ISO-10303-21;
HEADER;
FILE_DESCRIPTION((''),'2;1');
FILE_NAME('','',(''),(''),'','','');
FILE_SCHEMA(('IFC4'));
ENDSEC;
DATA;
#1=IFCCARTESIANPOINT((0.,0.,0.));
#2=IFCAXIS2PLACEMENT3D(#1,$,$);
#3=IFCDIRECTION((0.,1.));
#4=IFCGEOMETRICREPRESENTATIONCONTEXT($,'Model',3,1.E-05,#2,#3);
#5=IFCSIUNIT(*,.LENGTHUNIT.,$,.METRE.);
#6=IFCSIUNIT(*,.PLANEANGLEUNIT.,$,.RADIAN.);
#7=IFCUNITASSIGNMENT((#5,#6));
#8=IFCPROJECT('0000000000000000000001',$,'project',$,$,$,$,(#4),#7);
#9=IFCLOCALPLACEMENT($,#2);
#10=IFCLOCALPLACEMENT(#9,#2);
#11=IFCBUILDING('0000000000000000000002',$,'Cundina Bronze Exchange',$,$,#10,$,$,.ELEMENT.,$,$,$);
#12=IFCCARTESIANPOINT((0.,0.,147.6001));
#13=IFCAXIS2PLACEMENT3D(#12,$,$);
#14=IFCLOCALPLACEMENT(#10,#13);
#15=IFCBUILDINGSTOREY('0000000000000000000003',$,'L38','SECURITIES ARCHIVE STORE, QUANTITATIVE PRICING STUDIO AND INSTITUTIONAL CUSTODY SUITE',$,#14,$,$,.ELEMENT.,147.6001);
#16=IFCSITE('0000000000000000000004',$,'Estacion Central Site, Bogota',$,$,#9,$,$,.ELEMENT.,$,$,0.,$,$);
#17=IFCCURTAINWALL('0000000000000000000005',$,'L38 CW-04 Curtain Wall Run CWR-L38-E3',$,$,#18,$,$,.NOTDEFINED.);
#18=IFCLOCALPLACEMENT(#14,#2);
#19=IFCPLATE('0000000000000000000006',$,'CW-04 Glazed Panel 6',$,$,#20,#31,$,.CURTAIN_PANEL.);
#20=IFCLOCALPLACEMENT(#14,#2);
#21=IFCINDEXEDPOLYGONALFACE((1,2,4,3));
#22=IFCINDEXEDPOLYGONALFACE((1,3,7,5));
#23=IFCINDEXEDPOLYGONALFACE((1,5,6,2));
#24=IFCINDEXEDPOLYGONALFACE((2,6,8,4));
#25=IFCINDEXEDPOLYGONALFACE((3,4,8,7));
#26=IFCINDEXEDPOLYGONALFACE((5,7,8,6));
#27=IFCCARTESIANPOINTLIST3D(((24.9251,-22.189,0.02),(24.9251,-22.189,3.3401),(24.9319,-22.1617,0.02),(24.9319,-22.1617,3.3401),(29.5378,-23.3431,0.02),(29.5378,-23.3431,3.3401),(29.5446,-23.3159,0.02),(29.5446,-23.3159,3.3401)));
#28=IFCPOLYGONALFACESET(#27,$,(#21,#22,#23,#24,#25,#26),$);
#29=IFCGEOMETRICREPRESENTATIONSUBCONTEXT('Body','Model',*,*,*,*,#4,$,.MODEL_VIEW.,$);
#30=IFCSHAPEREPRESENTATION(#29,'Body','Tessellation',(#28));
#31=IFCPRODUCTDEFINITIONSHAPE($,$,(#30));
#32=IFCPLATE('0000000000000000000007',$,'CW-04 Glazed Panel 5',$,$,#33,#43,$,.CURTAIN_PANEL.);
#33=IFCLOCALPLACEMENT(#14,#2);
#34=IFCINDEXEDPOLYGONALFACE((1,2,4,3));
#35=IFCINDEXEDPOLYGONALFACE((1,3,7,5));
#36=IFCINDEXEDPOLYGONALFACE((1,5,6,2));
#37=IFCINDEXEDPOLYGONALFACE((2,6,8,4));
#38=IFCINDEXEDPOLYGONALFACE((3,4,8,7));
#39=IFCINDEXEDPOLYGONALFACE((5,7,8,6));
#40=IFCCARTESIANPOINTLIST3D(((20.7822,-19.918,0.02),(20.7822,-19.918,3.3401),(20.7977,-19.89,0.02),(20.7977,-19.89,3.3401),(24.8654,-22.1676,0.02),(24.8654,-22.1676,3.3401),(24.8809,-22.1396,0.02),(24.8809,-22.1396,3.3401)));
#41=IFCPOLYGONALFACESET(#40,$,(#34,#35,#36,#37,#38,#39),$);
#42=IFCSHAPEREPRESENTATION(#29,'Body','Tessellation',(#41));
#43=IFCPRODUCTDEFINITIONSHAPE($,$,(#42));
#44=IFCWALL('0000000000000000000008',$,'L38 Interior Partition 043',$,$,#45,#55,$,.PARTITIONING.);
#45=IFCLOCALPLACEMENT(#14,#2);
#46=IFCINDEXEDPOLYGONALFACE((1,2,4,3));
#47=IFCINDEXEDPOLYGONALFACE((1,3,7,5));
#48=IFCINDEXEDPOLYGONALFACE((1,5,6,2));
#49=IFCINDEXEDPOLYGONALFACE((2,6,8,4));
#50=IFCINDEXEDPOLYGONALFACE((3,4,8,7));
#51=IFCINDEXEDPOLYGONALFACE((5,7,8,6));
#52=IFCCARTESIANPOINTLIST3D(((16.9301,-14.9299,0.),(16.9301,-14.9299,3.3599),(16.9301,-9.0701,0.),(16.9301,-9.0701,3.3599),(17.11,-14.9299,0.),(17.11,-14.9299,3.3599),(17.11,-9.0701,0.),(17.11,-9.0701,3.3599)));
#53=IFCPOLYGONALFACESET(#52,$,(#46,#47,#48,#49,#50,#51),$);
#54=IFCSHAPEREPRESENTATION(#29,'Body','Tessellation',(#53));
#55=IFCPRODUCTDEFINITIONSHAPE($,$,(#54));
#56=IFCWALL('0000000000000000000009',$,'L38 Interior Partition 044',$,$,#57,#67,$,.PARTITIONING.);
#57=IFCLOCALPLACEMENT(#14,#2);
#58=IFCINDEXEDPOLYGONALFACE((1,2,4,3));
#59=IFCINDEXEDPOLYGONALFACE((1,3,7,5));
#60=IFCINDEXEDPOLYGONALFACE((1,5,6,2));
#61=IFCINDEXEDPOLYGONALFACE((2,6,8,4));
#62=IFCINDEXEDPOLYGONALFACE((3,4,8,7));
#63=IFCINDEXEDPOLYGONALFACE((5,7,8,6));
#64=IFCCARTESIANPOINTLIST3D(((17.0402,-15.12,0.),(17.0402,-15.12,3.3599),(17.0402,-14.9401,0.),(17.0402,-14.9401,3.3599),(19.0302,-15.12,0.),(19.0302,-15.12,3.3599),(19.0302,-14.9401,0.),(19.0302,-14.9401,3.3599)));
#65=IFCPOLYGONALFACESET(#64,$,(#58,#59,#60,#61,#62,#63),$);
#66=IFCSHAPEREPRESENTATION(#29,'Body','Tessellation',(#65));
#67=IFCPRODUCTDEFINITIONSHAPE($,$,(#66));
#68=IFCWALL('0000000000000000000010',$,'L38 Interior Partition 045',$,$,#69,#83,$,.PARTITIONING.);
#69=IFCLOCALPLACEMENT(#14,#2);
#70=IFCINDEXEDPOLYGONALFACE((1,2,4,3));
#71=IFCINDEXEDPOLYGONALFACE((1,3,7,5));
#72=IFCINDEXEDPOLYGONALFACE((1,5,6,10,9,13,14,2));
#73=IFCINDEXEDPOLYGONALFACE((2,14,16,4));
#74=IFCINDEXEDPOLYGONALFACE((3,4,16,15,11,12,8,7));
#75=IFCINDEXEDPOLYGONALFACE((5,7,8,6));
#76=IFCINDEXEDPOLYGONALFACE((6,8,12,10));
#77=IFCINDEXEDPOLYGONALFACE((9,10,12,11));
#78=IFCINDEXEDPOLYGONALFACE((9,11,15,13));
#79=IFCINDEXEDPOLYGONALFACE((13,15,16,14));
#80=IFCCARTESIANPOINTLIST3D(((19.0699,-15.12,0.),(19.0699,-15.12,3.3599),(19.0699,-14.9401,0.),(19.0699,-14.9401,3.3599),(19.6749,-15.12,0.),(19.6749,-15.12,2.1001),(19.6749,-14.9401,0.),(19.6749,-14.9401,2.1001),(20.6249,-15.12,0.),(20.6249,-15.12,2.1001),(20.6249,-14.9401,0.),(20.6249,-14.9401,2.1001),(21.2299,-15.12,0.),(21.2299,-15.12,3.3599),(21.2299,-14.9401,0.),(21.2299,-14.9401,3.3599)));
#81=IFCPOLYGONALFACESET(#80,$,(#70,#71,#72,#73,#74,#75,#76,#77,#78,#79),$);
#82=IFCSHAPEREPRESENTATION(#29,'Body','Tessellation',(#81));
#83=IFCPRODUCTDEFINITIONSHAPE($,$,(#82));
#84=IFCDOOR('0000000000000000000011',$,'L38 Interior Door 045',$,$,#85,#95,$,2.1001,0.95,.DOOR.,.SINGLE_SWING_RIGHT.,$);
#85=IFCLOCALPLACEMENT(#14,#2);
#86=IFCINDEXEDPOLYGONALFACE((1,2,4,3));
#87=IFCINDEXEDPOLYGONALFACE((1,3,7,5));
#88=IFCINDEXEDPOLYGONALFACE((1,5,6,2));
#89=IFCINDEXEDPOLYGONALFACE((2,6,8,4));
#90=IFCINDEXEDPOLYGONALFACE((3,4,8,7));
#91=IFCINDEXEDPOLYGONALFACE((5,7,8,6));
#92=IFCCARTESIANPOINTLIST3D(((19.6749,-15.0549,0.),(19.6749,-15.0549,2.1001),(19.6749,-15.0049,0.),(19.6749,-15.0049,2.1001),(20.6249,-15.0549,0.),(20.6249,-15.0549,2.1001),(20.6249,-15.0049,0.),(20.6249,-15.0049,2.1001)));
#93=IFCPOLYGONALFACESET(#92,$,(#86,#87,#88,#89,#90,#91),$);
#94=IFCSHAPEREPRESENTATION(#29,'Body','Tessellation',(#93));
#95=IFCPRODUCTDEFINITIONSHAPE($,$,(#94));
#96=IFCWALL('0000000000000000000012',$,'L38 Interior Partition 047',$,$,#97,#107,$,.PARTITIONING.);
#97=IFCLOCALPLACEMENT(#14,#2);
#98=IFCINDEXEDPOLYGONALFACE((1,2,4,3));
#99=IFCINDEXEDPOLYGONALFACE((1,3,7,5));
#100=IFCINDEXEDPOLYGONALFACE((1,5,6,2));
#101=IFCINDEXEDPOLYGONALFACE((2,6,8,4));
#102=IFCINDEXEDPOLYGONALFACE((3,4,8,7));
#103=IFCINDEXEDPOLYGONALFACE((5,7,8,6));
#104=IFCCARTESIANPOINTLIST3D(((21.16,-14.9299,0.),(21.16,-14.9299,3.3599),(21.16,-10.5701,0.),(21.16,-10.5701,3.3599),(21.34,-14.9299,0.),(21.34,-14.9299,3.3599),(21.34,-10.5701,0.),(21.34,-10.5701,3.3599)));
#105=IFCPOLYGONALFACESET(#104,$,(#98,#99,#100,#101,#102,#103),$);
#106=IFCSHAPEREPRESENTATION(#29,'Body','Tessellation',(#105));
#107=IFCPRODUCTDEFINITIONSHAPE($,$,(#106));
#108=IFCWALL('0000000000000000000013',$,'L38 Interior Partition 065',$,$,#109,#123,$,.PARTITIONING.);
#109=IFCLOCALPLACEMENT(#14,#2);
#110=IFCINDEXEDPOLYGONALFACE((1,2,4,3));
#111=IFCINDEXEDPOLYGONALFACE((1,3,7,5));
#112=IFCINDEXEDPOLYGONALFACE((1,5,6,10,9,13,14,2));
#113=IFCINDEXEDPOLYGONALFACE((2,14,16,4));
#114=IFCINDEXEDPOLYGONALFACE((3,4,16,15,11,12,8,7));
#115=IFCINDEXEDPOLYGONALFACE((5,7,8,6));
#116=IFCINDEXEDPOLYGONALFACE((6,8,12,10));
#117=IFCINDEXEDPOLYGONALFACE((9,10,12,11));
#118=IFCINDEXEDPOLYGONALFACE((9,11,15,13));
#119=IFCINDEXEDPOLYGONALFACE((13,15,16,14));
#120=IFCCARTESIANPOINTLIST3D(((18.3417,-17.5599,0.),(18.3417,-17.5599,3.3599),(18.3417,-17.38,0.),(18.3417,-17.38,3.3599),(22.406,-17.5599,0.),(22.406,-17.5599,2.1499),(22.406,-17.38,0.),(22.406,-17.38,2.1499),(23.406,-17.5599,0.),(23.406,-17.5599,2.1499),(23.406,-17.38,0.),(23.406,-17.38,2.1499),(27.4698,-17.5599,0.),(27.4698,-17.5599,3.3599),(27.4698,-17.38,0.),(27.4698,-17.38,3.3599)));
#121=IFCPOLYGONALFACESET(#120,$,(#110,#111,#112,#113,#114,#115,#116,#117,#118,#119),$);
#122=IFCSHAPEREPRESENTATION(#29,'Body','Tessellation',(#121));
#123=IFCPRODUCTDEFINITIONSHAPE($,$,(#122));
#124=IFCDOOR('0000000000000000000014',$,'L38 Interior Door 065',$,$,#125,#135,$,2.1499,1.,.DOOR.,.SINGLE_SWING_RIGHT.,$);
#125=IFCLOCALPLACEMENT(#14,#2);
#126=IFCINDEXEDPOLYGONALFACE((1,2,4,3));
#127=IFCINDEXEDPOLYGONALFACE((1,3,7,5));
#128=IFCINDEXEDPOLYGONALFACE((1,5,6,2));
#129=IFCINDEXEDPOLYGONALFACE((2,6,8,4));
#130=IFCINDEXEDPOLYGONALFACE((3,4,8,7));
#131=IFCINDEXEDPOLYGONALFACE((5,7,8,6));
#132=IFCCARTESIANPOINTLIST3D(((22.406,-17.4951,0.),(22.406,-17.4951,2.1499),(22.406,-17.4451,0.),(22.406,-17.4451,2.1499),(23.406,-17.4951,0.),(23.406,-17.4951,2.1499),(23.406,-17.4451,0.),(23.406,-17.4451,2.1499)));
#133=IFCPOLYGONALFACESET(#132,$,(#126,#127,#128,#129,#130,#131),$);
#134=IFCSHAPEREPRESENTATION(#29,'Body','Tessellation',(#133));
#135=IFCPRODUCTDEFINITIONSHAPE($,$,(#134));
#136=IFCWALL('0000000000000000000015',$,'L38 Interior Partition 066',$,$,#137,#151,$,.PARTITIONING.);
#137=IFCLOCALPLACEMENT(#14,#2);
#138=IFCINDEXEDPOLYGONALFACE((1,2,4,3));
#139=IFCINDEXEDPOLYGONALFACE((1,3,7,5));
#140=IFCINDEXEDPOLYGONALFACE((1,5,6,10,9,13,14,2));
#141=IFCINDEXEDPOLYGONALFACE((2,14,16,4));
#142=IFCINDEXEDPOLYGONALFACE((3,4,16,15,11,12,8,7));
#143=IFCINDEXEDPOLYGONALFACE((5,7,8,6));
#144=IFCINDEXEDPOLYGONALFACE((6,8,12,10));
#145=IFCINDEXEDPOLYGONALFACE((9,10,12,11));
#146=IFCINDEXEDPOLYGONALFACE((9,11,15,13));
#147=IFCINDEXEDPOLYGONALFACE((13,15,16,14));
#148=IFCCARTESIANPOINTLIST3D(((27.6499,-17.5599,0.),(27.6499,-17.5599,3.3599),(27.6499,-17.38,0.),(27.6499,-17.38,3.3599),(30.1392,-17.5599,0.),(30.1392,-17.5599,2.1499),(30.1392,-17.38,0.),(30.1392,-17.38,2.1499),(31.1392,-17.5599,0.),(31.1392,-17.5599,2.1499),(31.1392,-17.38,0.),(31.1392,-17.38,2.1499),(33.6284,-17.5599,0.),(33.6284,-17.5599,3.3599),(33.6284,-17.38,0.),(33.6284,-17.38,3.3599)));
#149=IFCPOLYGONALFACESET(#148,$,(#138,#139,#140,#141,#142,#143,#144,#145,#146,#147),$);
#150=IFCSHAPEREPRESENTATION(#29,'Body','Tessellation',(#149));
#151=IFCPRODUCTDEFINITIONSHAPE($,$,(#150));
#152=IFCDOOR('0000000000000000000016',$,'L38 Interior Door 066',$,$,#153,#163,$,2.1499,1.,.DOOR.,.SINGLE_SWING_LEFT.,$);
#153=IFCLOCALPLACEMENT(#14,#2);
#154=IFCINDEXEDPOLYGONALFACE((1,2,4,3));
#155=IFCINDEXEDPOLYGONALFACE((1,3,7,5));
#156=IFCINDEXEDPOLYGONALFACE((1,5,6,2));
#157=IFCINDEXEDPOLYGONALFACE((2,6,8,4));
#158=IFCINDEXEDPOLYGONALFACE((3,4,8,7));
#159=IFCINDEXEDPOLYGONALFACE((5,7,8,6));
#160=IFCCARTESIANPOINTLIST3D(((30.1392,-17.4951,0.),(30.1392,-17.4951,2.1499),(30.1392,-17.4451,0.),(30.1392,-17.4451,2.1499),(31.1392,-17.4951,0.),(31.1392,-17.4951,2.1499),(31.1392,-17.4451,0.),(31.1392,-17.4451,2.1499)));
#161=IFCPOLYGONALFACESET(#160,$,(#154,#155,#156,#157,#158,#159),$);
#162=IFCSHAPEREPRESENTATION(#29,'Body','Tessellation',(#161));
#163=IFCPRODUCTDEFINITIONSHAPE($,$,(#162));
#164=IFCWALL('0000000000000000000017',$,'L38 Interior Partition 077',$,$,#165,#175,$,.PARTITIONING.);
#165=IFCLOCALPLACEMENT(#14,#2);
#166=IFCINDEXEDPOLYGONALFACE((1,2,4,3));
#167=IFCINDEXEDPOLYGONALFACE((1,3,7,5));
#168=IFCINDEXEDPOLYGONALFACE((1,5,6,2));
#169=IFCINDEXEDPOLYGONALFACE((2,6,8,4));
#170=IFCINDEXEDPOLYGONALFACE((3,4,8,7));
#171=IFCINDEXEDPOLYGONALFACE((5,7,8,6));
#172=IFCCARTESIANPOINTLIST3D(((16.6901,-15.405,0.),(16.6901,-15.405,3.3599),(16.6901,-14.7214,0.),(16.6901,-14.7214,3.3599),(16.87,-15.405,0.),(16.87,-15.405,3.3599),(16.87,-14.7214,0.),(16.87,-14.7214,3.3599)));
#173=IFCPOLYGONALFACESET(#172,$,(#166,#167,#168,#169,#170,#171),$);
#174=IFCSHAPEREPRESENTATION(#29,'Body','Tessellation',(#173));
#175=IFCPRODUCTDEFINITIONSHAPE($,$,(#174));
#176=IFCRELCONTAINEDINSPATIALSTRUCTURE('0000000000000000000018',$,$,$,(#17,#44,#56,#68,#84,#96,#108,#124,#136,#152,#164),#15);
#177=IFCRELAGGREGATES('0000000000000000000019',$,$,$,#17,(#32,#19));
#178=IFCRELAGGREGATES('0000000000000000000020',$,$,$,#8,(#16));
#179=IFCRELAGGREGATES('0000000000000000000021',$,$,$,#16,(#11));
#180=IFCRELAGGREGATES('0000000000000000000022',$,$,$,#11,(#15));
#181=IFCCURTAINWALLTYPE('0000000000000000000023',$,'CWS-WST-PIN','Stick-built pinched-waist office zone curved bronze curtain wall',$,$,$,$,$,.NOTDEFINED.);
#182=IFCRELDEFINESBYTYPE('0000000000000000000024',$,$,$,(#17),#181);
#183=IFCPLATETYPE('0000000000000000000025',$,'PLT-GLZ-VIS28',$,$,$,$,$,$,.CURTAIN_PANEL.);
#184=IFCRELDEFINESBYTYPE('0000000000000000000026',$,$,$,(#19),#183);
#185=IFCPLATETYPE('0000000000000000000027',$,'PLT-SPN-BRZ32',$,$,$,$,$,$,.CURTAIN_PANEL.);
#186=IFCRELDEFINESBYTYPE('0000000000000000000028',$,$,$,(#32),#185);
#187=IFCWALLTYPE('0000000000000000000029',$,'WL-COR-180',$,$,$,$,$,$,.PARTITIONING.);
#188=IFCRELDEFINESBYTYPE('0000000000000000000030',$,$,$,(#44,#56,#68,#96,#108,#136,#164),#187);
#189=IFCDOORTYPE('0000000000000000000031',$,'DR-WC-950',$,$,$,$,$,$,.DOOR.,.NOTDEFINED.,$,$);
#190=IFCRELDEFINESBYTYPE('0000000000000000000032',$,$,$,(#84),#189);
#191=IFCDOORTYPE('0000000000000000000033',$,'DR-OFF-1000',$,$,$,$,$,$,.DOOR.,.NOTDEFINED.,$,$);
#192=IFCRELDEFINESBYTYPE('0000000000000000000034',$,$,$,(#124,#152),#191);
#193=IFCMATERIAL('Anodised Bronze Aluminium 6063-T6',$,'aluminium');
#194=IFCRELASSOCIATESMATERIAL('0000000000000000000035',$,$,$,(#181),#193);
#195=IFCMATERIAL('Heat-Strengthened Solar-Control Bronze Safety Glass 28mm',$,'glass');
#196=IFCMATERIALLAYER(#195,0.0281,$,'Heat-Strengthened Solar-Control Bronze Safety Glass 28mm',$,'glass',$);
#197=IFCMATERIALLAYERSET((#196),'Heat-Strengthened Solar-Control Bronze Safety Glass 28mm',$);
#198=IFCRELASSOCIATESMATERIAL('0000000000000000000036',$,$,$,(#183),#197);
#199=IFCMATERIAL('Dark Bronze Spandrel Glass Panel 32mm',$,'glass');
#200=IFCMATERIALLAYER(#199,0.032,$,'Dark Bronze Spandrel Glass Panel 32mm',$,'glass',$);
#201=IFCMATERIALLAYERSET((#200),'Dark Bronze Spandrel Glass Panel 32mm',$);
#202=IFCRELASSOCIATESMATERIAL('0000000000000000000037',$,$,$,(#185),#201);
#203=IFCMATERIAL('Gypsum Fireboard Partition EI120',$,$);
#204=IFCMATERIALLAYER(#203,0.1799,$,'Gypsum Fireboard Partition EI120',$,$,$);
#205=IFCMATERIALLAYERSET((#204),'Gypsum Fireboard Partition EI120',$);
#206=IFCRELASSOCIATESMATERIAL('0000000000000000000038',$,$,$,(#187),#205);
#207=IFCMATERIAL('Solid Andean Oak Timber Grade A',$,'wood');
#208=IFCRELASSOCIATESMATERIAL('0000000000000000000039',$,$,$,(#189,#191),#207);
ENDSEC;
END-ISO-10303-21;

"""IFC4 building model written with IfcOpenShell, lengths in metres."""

from ifc_helpers import new_model, si_unit, direction, frame, frame_2d, origin, origin_2d, place, context, subcontext, project, spatial, rectangle, extrude, material, layer, layer_set, type_object, element, fill, aggregate, save


model = new_model("IFC4")

# Units and contexts
model_context = context("Model", 3, precision=1e-05, world=origin(), true_north=direction((0.0, 1.0)))
body_context = subcontext(model_context, "Body", "Model", "MODEL_VIEW")
ifc_project = project(units=[si_unit("LENGTHUNIT", "METRE"), si_unit("PLANEANGLEUNIT", "RADIAN")], contexts=[model_context])

# Site, building, storey
site_placement = place(None, origin())
site = spatial("IfcSite", under=ifc_project, at=site_placement, Name="Estacion Central Site, Bogota", CompositionType="ELEMENT", RefElevation=0.0)
building_placement = place(site_placement, origin())
building = spatial("IfcBuilding", under=site, at=building_placement, Name="Cundina Bronze Exchange", CompositionType="ELEMENT")
storey_placement = place(building_placement, frame((0.0, 0.0, 147.6001)))
storey = spatial("IfcBuildingStorey", under=building, at=storey_placement, Name="L38", Description="SECURITIES ARCHIVE STORE, QUANTITATIVE PRICING STUDIO AND INSTITUTIONAL CUSTODY SUITE", CompositionType="ELEMENT", Elevation=147.6001)

# Curtain wall, plates
ifc_material_1 = material(Name="Anodised Bronze Aluminium 6063-T6", Category="aluminium")
curtain_wall_type = type_object("IfcCurtainWallType", Name="CWS-WST-PIN", Description="Stick-built pinched-waist office zone curved bronze curtain wall", PredefinedType="NOTDEFINED", material=ifc_material_1)
curtain_wall_placement = place(storey_placement, origin())
curtain_wall = element("IfcCurtainWall", 1, at=curtain_wall_placement, inside=storey, type_object=curtain_wall_type, Name="L38 CW-04 Curtain Wall Run CWR-L38-E3", PredefinedType="NOTDEFINED")
ifc_material_2 = material(Name="Heat-Strengthened Solar-Control Bronze Safety Glass 28mm", Category="glass")
ifc_layer_1 = layer(ifc_material_2, 0.0281, Name="Heat-Strengthened Solar-Control Bronze Safety Glass 28mm", Category="glass")
ifc_layer_set_1 = layer_set([ifc_layer_1], Name="Heat-Strengthened Solar-Control Bronze Safety Glass 28mm")
plate_type_1 = type_object("IfcPlateType", Name="PLT-GLZ-VIS28", PredefinedType="CURTAIN_PANEL", material=ifc_layer_set_1)
plate_1_placement = place(storey_placement, frame((27.2349, -22.7524, 0.02), z_axis=(0.0, 0.0, 1.0), x_axis=(0.970093, -0.242735, 0.0)))
plate_1 = element("IfcPlate", 2, at=plate_1_placement, type_object=plate_type_1, Name="CW-04 Glazed Panel 6", PredefinedType="CURTAIN_PANEL", context=body_context, shape_type="SweptSolid", body=[
    extrude(rectangle(XDim=4.7549, YDim=0.0281, at=origin_2d()), origin(), (0.0, 0.0, 1.0), 3.3201),
])
ifc_material_3 = material(Name="Dark Bronze Spandrel Glass Panel 32mm", Category="glass")
ifc_layer_2 = layer(ifc_material_3, 0.032, Name="Dark Bronze Spandrel Glass Panel 32mm", Category="glass")
ifc_layer_set_2 = layer_set([ifc_layer_2], Name="Dark Bronze Spandrel Glass Panel 32mm")
plate_type_2 = type_object("IfcPlateType", Name="PLT-SPN-BRZ32", PredefinedType="CURTAIN_PANEL", material=ifc_layer_set_2)
plate_2_placement = place(storey_placement, frame((22.8315, -21.0288, 0.02), z_axis=(0.0, 0.0, 1.0), x_axis=(0.875869, -0.482549, 0.0)))
plate_2 = element("IfcPlate", 3, at=plate_2_placement, type_object=plate_type_2, Name="CW-04 Glazed Panel 5", PredefinedType="CURTAIN_PANEL", context=body_context, shape_type="SweptSolid", body=[
    extrude(rectangle(XDim=4.6619, YDim=0.032, at=origin_2d()), origin(), (0.0, 0.0, 1.0), 3.3201),
])
aggregate(curtain_wall, [plate_2, plate_1])

# Walls
ifc_material_4 = material(Name="Gypsum Fireboard Partition EI120")
ifc_layer_3 = layer(ifc_material_4, 0.1799, Name="Gypsum Fireboard Partition EI120")
ifc_layer_set_3 = layer_set([ifc_layer_3], Name="Gypsum Fireboard Partition EI120")
wall_type_1 = type_object("IfcWallType", Name="WL-COR-180", PredefinedType="PARTITIONING", material=ifc_layer_set_3)
wall_1_placement = place(storey_placement, frame((17.02, -14.9299, 0.0), z_axis=(0.0, 0.0, 1.0), x_axis=(0.0, 1.0, 0.0)))
element("IfcWall", 4, at=wall_1_placement, inside=storey, type_object=wall_type_1, Name="L38 Interior Partition 043", PredefinedType="PARTITIONING", context=body_context, shape_type="SweptSolid", body=[
    extrude(rectangle(XDim=5.8599, YDim=0.1799, at=frame_2d((2.9299, 0.0))), origin(), (0.0, 0.0, 1.0), 3.3599),
])
wall_2_placement = place(storey_placement, frame((17.04, -15.03, 0.0), z_axis=(0.0, 0.0, 1.0), x_axis=(1.0, 0.0, 0.0)))
element("IfcWall", 5, at=wall_2_placement, inside=storey, type_object=wall_type_1, Name="L38 Interior Partition 044", PredefinedType="PARTITIONING", context=body_context, shape_type="SweptSolid", body=[
    extrude(rectangle(XDim=1.99, YDim=0.1799, at=frame_2d((0.9951, 0.0))), origin(), (0.0, 0.0, 1.0), 3.3599),
])

# Wall, opening, door
wall_3_placement = place(storey_placement, frame((21.23, -15.03, 0.0), z_axis=(0.0, 0.0, 1.0), x_axis=(-1.0, 0.0, 0.0)))
wall_3 = element("IfcWall", 6, at=wall_3_placement, inside=storey, type_object=wall_type_1, Name="L38 Interior Partition 045", PredefinedType="PARTITIONING", context=body_context, shape_type="SweptSolid", body=[
    extrude(rectangle(XDim=2.1599, YDim=0.1799, at=frame_2d((1.0801, 0.0))), origin(), (0.0, 0.0, 1.0), 3.3599),
])
opening_1_placement = place(wall_3_placement, frame((0.605, 0.0, 0.0)))
opening_1 = element("IfcOpeningElement", 7, at=opening_1_placement, cuts=wall_3, PredefinedType="OPENING", context=body_context, shape_type="SweptSolid", body=[
    extrude(rectangle(XDim=0.95, YDim=2.1001, at=frame_2d((0.4751, 1.05))), frame((0.0, 0.0999, 0.0), z_axis=(0.0, -1.0, 0.0), x_axis=(1.0, 0.0, 0.0)), (0.0, 0.0, 1.0), 0.2),
])
ifc_material_5 = material(Name="Solid Andean Oak Timber Grade A", Category="wood")
door_type_1 = type_object("IfcDoorType", Name="DR-WC-950", OperationType="NOTDEFINED", PredefinedType="DOOR", material=ifc_material_5)
door_1_placement = place(opening_1_placement, origin())
door_1 = element("IfcDoor", 8, at=door_1_placement, inside=storey, type_object=door_type_1, Name="L38 Interior Door 045", OperationType="SINGLE_SWING_RIGHT", OverallHeight=2.1001, OverallWidth=0.95, PredefinedType="DOOR", context=body_context, shape_type="SweptSolid", body=[
    extrude(rectangle(XDim=0.95, YDim=2.1001, at=frame_2d((0.4751, 1.05))), frame((0.0, 0.0249, 0.0), z_axis=(0.0, -1.0, 0.0), x_axis=(1.0, 0.0, 0.0)), (0.0, 0.0, 1.0), 0.05),
])
fill(opening_1, door_1)

# Wall
wall_4_placement = place(storey_placement, frame((21.25, -14.9299, 0.0), z_axis=(0.0, 0.0, 1.0), x_axis=(0.0, 1.0, 0.0)))
element("IfcWall", 9, at=wall_4_placement, inside=storey, type_object=wall_type_1, Name="L38 Interior Partition 047", PredefinedType="PARTITIONING", context=body_context, shape_type="SweptSolid", body=[
    extrude(rectangle(XDim=4.3599, YDim=0.1799, at=frame_2d((2.1799, 0.0))), origin(), (0.0, 0.0, 1.0), 3.3599),
])

# Walls, openings, doors
wall_5_placement = place(storey_placement, frame((18.3418, -17.47, 0.0), z_axis=(0.0, 0.0, 1.0), x_axis=(1.0, 0.0, 0.0)))
wall_5 = element("IfcWall", 10, at=wall_5_placement, inside=storey, type_object=wall_type_1, Name="L38 Interior Partition 065", PredefinedType="PARTITIONING", context=body_context, shape_type="SweptSolid", body=[
    extrude(rectangle(XDim=9.1282, YDim=0.1799, at=frame_2d((4.564, 0.0))), origin(), (0.0, 0.0, 1.0), 3.3599),
])
opening_2_placement = place(wall_5_placement, frame((4.0642, 0.0, 0.0)))
opening_2 = element("IfcOpeningElement", 11, at=opening_2_placement, cuts=wall_5, PredefinedType="OPENING", context=body_context, shape_type="SweptSolid", body=[
    extrude(rectangle(XDim=1.0, YDim=2.1499, at=frame_2d((0.5, 1.075))), frame((0.0, 0.0999, 0.0), z_axis=(0.0, -1.0, 0.0), x_axis=(1.0, 0.0, 0.0)), (0.0, 0.0, 1.0), 0.2),
])
door_type_2 = type_object("IfcDoorType", Name="DR-OFF-1000", OperationType="NOTDEFINED", PredefinedType="DOOR", material=ifc_material_5)
door_2_placement = place(opening_2_placement, origin())
door_2 = element("IfcDoor", 12, at=door_2_placement, inside=storey, type_object=door_type_2, Name="L38 Interior Door 065", OperationType="SINGLE_SWING_RIGHT", OverallHeight=2.1499, OverallWidth=1.0, PredefinedType="DOOR", context=body_context, shape_type="SweptSolid", body=[
    extrude(rectangle(XDim=1.0, YDim=2.1499, at=frame_2d((0.5, 1.075))), frame((0.0, 0.0249, 0.0), z_axis=(0.0, -1.0, 0.0), x_axis=(1.0, 0.0, 0.0)), (0.0, 0.0, 1.0), 0.05),
])
fill(opening_2, door_2)
wall_6_placement = place(storey_placement, frame((27.6499, -17.47, 0.0), z_axis=(0.0, 0.0, 1.0), x_axis=(1.0, 0.0, 0.0)))
wall_6 = element("IfcWall", 13, at=wall_6_placement, inside=storey, type_object=wall_type_1, Name="L38 Interior Partition 066", PredefinedType="PARTITIONING", context=body_context, shape_type="SweptSolid", body=[
    extrude(rectangle(XDim=5.9785, YDim=0.1799, at=frame_2d((2.9893, 0.0))), origin(), (0.0, 0.0, 1.0), 3.3599),
])
opening_3_placement = place(wall_6_placement, frame((2.4893, 0.0, 0.0)))
opening_3 = element("IfcOpeningElement", 14, at=opening_3_placement, cuts=wall_6, PredefinedType="OPENING", context=body_context, shape_type="SweptSolid", body=[
    extrude(rectangle(XDim=1.0, YDim=2.1499, at=frame_2d((0.5, 1.075))), frame((0.0, 0.0999, 0.0), z_axis=(0.0, -1.0, 0.0), x_axis=(1.0, 0.0, 0.0)), (0.0, 0.0, 1.0), 0.2),
])
door_3_placement = place(opening_3_placement, origin())
door_3 = element("IfcDoor", 15, at=door_3_placement, inside=storey, type_object=door_type_2, Name="L38 Interior Door 066", OperationType="SINGLE_SWING_LEFT", OverallHeight=2.1499, OverallWidth=1.0, PredefinedType="DOOR", context=body_context, shape_type="SweptSolid", body=[
    extrude(rectangle(XDim=1.0, YDim=2.1499, at=frame_2d((0.5, 1.075))), frame((0.0, 0.0249, 0.0), z_axis=(0.0, -1.0, 0.0), x_axis=(1.0, 0.0, 0.0)), (0.0, 0.0, 1.0), 0.05),
])
fill(opening_3, door_3)

# Wall
wall_7_placement = place(storey_placement, frame((16.78, -14.7214, 0.0), z_axis=(0.0, 0.0, 1.0), x_axis=(0.0, -1.0, 0.0)))
element("IfcWall", 16, at=wall_7_placement, inside=storey, type_object=wall_type_1, Name="L38 Interior Partition 077", PredefinedType="PARTITIONING", context=body_context, shape_type="SweptSolid", body=[
    extrude(rectangle(XDim=0.6836, YDim=0.1799, at=frame_2d((0.3418, 0.0))), origin(), (0.0, 0.0, 1.0), 3.3599),
])

save(model, "model.ifc")
